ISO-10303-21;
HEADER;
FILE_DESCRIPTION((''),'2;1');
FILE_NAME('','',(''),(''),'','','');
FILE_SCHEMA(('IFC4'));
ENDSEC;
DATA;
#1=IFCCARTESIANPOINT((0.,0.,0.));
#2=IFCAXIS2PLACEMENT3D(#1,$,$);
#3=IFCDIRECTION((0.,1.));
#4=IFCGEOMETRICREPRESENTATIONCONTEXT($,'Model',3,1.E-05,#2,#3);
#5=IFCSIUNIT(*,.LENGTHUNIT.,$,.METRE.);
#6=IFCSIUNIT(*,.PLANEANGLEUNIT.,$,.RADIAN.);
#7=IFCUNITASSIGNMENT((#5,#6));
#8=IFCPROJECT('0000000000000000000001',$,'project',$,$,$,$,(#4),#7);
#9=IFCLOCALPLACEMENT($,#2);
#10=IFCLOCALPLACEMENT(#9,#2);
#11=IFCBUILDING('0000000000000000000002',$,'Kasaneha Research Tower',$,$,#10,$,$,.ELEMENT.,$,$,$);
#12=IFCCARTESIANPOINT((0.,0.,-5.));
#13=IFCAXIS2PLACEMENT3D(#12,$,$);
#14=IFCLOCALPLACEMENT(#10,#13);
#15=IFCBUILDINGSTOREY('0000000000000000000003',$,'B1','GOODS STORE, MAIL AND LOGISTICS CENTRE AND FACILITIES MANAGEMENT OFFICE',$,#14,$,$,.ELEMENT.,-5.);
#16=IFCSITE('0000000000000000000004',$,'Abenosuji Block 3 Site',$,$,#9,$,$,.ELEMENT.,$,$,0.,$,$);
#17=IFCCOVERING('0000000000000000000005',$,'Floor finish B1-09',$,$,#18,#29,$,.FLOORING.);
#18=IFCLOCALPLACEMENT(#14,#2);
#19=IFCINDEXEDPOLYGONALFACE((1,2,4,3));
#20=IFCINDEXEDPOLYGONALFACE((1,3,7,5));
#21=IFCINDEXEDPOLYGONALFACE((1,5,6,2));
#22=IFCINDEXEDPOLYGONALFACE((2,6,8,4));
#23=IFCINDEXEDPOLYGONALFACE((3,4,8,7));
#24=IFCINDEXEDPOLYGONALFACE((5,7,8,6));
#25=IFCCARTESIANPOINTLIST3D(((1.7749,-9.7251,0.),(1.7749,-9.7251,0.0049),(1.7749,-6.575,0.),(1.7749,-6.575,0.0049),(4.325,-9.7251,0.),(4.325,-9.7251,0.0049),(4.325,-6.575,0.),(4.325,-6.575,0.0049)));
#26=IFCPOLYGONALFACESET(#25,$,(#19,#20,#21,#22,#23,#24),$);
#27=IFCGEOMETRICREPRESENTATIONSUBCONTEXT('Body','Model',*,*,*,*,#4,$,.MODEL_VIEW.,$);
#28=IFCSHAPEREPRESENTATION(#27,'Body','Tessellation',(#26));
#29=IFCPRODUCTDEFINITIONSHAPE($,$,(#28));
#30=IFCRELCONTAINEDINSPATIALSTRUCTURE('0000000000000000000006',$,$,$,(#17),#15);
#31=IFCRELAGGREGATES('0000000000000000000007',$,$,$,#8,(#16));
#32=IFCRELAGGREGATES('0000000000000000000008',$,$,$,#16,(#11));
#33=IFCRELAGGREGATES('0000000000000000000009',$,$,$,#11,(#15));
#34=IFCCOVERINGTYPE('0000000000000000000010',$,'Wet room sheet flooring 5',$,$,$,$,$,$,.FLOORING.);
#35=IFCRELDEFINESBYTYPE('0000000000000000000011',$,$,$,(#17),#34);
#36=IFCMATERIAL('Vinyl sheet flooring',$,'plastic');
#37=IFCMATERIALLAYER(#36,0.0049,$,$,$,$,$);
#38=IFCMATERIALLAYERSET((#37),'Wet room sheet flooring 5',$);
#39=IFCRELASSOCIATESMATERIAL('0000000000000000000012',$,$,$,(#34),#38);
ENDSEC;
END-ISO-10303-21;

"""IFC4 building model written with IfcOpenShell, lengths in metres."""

from ifc_helpers import new_model, si_unit, direction, frame, origin, place, context, subcontext, project, spatial, polyline, outline, extrude, material, layer, layer_set, type_object, element, save


model = new_model("IFC4")

# Units and contexts
model_context = context("Model", 3, precision=1e-05, world=origin(), true_north=direction((0.0, 1.0)))
body_context = subcontext(model_context, "Body", "Model", "MODEL_VIEW")
ifc_project = project(units=[si_unit("LENGTHUNIT", "METRE"), si_unit("PLANEANGLEUNIT", "RADIAN")], contexts=[model_context])

# Site, building, storey
site_placement = place(None, origin())
site = spatial("IfcSite", under=ifc_project, at=site_placement, Name="Abenosuji Block 3 Site", CompositionType="ELEMENT", RefElevation=0.0)
building_placement = place(site_placement, origin())
building = spatial("IfcBuilding", under=site, at=building_placement, Name="Kasaneha Research Tower", CompositionType="ELEMENT")
storey_placement = place(building_placement, frame((0.0, 0.0, -5.0)))
storey = spatial("IfcBuildingStorey", under=building, at=storey_placement, Name="B1", Description="GOODS STORE, MAIL AND LOGISTICS CENTRE AND FACILITIES MANAGEMENT OFFICE", CompositionType="ELEMENT", Elevation=-5.0)

# Covering
ifc_material_1 = material(Name="Vinyl sheet flooring", Category="plastic")
ifc_layer_1 = layer(ifc_material_1, 0.0049)
ifc_layer_set_1 = layer_set([ifc_layer_1], Name="Wet room sheet flooring 5")
covering_type = type_object("IfcCoveringType", Name="Wet room sheet flooring 5", PredefinedType="FLOORING", material=ifc_layer_set_1)
covering_1_placement = place(storey_placement, origin())
element("IfcCovering", 1, at=covering_1_placement, inside=storey, type_object=covering_type, Name="Floor finish B1-09", PredefinedType="FLOORING", context=body_context, shape_type="SweptSolid", body=[
    extrude(outline(polyline([(1.7749, -9.7251), (1.7749, -6.575), (4.325, -6.575), (4.325, -9.7251), (1.7749, -9.7251)])), origin(), (0.0, 0.0, 1.0), 0.0049),
])

save(model, "model.ifc")
